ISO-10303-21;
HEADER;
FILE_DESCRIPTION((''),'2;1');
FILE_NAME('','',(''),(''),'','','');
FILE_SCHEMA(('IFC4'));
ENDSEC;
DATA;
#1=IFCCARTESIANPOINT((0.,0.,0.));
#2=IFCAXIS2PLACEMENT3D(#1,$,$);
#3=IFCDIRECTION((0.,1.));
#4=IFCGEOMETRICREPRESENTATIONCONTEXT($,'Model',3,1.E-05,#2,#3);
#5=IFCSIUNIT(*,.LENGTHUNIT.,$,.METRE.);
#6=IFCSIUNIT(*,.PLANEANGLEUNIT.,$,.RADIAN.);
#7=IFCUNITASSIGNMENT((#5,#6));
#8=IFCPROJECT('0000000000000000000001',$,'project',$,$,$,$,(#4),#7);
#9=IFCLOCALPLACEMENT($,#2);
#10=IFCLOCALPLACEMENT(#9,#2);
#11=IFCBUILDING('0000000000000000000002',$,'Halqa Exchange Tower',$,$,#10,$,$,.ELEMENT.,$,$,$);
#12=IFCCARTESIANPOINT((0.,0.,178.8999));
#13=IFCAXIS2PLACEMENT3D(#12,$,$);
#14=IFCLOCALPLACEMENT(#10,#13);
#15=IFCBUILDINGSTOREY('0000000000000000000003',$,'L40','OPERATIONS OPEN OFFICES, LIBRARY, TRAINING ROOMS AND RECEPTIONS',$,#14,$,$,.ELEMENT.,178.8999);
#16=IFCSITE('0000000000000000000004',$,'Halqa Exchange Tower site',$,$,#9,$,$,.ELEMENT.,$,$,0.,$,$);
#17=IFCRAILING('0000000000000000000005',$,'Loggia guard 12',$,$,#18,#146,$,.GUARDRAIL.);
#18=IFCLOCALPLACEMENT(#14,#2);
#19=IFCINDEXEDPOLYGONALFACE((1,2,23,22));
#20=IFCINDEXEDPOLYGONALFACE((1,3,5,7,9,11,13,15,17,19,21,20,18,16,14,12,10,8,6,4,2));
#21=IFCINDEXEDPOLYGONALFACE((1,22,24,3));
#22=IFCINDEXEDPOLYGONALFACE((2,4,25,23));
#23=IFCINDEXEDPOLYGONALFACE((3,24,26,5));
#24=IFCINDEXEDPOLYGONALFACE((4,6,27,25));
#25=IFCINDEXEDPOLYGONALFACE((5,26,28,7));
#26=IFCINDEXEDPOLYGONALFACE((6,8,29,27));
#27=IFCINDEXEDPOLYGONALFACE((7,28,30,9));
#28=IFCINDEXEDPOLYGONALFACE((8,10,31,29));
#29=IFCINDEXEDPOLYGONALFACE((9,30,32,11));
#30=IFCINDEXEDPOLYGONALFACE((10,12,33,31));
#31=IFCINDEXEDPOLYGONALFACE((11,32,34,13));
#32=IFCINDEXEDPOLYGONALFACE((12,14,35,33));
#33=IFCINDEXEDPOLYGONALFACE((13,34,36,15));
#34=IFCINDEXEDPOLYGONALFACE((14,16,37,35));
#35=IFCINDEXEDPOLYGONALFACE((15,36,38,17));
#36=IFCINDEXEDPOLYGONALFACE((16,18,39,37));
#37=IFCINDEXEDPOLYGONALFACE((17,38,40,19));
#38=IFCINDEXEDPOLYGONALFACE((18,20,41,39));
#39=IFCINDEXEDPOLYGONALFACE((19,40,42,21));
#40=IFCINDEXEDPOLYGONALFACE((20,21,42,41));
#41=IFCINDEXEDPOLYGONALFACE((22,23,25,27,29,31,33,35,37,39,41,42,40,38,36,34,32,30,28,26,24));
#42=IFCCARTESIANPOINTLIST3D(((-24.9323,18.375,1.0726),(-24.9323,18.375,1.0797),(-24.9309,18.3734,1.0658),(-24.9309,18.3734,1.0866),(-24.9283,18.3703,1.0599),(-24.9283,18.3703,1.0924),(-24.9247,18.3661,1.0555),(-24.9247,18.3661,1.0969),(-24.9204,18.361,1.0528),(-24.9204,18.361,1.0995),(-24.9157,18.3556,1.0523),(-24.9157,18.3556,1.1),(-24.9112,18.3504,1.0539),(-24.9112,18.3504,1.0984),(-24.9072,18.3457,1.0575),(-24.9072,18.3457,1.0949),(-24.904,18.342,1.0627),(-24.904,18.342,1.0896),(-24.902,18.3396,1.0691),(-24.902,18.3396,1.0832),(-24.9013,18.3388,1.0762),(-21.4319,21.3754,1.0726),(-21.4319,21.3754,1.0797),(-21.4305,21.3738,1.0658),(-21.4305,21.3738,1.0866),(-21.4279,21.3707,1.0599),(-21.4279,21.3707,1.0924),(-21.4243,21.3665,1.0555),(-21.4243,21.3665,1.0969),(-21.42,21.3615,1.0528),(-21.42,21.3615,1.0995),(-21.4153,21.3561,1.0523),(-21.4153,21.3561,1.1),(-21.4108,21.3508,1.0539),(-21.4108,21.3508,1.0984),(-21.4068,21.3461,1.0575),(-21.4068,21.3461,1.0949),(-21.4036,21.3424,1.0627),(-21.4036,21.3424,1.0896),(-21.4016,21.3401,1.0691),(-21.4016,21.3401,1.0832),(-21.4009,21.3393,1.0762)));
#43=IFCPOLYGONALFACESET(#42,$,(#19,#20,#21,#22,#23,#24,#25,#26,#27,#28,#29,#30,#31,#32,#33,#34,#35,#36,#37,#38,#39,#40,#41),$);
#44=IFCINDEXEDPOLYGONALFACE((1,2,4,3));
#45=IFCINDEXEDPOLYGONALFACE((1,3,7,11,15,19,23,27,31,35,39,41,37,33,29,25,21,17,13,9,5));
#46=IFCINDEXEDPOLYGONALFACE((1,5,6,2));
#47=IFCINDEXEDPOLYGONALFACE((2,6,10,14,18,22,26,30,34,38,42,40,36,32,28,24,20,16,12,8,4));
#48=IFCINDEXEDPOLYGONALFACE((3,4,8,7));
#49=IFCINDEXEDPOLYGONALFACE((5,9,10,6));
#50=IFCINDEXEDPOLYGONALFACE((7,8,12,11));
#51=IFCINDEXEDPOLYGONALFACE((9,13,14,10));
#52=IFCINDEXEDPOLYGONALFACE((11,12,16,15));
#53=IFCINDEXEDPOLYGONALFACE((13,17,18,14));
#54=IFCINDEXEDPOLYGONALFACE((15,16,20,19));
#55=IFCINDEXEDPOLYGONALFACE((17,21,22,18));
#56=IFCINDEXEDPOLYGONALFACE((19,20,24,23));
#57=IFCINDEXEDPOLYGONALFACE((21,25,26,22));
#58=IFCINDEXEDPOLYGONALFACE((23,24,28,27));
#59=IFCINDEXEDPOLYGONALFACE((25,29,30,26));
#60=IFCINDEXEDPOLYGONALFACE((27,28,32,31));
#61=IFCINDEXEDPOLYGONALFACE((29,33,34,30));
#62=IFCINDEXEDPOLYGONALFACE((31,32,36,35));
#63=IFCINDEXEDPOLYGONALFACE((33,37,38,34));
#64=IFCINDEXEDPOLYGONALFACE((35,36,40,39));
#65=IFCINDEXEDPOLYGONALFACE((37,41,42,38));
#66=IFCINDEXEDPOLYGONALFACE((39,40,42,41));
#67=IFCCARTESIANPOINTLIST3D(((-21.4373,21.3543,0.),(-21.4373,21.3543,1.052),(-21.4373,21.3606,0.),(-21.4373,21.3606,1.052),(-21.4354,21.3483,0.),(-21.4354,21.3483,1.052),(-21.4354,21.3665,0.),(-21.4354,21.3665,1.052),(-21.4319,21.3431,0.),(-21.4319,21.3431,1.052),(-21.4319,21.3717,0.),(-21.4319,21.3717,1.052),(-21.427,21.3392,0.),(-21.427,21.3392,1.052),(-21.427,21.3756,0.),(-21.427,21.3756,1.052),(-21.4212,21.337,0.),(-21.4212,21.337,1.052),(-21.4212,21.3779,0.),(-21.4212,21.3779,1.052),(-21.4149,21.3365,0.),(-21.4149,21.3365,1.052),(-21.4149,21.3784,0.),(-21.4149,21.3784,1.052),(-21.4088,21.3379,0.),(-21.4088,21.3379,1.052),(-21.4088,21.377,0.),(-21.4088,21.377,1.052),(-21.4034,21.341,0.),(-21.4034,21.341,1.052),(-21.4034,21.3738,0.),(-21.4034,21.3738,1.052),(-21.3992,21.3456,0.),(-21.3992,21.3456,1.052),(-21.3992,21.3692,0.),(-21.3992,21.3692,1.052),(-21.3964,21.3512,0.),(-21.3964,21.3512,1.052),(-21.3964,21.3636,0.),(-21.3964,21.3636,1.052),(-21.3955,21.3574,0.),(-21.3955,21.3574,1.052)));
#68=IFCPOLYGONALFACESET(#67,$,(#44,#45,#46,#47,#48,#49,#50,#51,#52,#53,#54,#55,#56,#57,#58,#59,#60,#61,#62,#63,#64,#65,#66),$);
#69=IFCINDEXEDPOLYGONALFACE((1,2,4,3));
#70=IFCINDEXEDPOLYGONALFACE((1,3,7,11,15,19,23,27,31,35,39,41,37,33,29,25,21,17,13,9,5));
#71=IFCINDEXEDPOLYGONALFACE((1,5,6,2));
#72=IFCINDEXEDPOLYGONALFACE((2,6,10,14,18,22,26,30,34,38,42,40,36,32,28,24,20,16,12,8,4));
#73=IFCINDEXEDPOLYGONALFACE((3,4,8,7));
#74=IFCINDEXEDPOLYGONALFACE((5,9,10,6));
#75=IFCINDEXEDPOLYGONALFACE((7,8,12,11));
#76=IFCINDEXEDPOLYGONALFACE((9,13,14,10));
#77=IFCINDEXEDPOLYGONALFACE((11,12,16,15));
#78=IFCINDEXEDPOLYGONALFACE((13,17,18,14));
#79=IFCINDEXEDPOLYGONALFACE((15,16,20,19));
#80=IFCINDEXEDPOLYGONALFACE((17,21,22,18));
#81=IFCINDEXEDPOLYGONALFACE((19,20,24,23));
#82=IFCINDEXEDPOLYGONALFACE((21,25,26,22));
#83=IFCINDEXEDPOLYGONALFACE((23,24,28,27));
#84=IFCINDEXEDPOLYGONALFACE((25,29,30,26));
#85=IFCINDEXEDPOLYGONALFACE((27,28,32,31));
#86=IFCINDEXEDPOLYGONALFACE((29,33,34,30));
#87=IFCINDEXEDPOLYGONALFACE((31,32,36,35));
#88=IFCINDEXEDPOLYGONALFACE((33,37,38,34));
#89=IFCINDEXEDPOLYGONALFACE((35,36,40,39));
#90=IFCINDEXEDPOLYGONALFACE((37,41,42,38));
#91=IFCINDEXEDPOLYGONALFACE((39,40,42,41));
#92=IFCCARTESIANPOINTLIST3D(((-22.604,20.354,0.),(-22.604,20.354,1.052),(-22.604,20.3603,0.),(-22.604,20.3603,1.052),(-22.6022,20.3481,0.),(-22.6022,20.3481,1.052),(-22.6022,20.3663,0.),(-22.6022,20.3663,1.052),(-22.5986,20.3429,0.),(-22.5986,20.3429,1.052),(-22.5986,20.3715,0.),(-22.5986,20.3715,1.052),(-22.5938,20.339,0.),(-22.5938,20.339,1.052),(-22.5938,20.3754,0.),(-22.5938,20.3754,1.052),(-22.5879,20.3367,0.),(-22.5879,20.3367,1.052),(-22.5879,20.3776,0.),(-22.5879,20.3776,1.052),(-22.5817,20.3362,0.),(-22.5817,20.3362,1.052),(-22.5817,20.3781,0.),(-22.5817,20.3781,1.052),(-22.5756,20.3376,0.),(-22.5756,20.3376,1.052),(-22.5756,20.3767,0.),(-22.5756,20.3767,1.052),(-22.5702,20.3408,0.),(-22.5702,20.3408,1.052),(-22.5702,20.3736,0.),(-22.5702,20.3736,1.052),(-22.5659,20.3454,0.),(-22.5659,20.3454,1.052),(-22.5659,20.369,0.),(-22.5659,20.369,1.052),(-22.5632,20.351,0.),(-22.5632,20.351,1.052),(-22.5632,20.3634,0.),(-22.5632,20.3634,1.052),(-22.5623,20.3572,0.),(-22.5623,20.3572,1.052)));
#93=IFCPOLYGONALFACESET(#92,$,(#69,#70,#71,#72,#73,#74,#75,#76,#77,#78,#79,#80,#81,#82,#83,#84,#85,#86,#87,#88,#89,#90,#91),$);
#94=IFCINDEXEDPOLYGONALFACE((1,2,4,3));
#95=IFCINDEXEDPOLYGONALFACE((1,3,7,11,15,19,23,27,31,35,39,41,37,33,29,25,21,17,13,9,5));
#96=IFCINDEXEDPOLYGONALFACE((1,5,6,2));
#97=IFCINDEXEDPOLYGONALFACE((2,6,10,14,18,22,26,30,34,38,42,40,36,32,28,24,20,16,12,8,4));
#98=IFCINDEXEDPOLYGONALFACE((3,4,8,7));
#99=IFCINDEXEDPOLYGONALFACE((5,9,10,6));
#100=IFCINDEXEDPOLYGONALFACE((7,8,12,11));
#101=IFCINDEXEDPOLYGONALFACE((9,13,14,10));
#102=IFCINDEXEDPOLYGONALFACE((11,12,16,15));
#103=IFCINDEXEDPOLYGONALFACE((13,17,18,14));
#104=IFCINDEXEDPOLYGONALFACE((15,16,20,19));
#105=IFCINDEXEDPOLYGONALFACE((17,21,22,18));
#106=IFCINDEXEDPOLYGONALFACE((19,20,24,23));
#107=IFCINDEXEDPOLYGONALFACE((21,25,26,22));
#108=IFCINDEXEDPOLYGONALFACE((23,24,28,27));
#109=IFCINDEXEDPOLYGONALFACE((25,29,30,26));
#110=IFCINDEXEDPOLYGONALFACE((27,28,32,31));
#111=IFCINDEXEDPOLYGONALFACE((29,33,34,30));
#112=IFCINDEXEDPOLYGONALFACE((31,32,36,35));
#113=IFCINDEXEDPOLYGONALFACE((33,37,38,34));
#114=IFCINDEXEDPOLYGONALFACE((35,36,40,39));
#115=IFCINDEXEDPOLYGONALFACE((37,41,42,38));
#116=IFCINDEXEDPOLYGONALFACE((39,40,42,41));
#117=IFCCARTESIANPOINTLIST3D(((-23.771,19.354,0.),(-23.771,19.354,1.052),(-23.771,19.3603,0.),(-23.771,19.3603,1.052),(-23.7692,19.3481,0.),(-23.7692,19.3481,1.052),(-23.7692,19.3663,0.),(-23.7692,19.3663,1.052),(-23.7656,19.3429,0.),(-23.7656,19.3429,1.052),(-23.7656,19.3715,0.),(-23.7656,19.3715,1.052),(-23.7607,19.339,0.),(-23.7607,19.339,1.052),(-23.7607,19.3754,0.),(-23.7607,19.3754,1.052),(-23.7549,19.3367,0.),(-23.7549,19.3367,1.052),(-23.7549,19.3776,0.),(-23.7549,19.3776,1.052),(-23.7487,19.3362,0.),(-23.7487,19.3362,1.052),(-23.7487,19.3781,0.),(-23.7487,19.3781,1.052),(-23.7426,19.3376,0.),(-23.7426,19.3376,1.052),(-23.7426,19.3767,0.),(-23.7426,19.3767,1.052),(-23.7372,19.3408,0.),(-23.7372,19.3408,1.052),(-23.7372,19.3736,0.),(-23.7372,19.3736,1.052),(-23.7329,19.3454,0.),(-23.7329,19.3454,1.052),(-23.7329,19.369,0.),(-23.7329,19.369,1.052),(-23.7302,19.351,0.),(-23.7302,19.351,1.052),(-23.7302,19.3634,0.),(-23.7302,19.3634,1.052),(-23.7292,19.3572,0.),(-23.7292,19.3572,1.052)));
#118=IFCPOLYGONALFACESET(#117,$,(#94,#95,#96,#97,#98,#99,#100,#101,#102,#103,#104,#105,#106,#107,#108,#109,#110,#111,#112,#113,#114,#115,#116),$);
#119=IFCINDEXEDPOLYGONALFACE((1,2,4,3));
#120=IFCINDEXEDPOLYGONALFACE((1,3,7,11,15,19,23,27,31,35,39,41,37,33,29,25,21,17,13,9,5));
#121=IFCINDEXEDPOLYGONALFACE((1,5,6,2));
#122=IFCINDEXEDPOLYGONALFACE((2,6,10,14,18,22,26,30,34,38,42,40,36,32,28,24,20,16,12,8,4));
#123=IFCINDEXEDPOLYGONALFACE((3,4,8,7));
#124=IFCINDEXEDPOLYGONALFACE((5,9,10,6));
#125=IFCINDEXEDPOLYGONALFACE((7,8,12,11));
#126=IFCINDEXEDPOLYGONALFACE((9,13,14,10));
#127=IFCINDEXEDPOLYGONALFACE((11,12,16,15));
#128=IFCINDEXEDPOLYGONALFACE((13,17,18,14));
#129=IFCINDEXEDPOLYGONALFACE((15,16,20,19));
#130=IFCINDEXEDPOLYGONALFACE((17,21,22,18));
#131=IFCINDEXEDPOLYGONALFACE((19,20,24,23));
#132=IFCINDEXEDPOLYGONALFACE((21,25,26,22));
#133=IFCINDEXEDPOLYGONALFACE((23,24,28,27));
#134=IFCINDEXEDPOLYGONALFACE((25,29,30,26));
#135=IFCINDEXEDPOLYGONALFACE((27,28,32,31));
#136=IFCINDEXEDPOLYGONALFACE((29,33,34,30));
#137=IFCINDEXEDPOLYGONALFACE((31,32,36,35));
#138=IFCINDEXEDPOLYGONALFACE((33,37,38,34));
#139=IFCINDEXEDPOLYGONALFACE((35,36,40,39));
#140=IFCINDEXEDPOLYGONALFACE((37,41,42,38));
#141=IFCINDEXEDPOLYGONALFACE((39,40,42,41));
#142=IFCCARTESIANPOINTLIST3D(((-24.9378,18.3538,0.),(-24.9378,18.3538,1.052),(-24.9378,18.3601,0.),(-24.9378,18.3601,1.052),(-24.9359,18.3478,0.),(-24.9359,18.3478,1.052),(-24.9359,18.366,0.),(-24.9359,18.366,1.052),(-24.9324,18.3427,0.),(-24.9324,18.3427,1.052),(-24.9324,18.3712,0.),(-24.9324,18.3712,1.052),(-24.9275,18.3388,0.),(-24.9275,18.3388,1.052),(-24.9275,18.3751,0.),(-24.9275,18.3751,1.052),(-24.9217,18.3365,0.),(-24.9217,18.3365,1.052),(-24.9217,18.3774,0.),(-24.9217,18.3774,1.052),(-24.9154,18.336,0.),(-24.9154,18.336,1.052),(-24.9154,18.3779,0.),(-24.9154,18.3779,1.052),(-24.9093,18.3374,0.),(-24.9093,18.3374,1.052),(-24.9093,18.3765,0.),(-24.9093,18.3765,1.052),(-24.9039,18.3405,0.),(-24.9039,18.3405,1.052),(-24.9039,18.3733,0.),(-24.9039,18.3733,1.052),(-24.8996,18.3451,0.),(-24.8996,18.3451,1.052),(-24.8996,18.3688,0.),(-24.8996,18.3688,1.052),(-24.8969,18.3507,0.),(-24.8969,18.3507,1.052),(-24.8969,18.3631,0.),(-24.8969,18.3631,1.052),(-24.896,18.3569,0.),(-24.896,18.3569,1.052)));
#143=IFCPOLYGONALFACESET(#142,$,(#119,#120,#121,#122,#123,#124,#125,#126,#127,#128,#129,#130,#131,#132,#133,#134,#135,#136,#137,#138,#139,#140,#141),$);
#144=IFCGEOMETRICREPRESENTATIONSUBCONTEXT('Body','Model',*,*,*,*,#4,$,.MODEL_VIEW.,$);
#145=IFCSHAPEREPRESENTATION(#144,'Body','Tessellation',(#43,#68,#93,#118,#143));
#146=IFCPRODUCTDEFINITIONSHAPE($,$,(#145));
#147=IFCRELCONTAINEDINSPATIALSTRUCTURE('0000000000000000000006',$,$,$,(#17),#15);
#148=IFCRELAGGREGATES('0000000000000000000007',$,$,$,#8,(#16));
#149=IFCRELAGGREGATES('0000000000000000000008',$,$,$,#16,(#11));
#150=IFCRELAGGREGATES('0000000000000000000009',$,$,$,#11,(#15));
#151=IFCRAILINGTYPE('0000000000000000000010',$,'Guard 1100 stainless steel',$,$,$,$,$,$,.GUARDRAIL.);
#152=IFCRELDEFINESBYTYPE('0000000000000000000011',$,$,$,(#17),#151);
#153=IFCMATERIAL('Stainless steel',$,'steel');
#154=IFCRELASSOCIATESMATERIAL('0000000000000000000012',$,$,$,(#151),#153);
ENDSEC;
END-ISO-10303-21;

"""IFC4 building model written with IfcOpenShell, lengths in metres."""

from ifc_helpers import new_model, si_unit, direction, frame, origin, origin_2d, place, context, subcontext, project, spatial, circle, extrude, material, type_object, element, save


model = new_model("IFC4")

# Units and contexts
model_context = context("Model", 3, precision=1e-05, world=origin(), true_north=direction((0.0, 1.0)))
body_context = subcontext(model_context, "Body", "Model", "MODEL_VIEW")
ifc_project = project(units=[si_unit("LENGTHUNIT", "METRE"), si_unit("PLANEANGLEUNIT", "RADIAN")], contexts=[model_context])

# Site, building, storey
site_placement = place(None, origin())
site = spatial("IfcSite", under=ifc_project, at=site_placement, Name="Halqa Exchange Tower site", CompositionType="ELEMENT", RefElevation=0.0)
building_placement = place(site_placement, origin())
building = spatial("IfcBuilding", under=site, at=building_placement, Name="Halqa Exchange Tower", CompositionType="ELEMENT")
storey_placement = place(building_placement, frame((0.0, 0.0, 178.8999)))
storey = spatial("IfcBuildingStorey", under=building, at=storey_placement, Name="L40", Description="OPERATIONS OPEN OFFICES, LIBRARY, TRAINING ROOMS AND RECEPTIONS", CompositionType="ELEMENT", Elevation=178.8999)

# Railing
ifc_material_1 = material(Name="Stainless steel", Category="steel")
railing_type = type_object("IfcRailingType", Name="Guard 1100 stainless steel", PredefinedType="GUARDRAIL", material=ifc_material_1)
railing_1_placement = place(storey_placement, frame((-21.4165, 21.3574, 0.0)))
element("IfcRailing", 1, at=railing_1_placement, inside=storey, type_object=railing_type, Name="Loggia guard 12", PredefinedType="GUARDRAIL", context=body_context, shape_type="SweptSolid", body=[
    extrude(circle(Radius=0.0239, at=origin_2d()), frame((0.0, 0.0, 1.0762), z_axis=(-0.759249, -0.6508, 0.0), x_axis=(0.6508, -0.759249, 0.0)), (0.0, 0.0, 1.0), 4.6104),
    extrude(circle(Radius=0.021, at=origin_2d()), origin(), (0.0, 0.0, 1.0), 1.052),
    extrude(circle(Radius=0.021, at=origin_2d()), frame((-1.1667, -1.0002, 0.0)), (0.0, 0.0, 1.0), 1.052),
    extrude(circle(Radius=0.021, at=origin_2d()), frame((-2.3337, -2.0002, 0.0)), (0.0, 0.0, 1.0), 1.052),
    extrude(circle(Radius=0.021, at=origin_2d()), frame((-3.5005, -3.0005, 0.0)), (0.0, 0.0, 1.0), 1.052),
])

save(model, "model.ifc")
